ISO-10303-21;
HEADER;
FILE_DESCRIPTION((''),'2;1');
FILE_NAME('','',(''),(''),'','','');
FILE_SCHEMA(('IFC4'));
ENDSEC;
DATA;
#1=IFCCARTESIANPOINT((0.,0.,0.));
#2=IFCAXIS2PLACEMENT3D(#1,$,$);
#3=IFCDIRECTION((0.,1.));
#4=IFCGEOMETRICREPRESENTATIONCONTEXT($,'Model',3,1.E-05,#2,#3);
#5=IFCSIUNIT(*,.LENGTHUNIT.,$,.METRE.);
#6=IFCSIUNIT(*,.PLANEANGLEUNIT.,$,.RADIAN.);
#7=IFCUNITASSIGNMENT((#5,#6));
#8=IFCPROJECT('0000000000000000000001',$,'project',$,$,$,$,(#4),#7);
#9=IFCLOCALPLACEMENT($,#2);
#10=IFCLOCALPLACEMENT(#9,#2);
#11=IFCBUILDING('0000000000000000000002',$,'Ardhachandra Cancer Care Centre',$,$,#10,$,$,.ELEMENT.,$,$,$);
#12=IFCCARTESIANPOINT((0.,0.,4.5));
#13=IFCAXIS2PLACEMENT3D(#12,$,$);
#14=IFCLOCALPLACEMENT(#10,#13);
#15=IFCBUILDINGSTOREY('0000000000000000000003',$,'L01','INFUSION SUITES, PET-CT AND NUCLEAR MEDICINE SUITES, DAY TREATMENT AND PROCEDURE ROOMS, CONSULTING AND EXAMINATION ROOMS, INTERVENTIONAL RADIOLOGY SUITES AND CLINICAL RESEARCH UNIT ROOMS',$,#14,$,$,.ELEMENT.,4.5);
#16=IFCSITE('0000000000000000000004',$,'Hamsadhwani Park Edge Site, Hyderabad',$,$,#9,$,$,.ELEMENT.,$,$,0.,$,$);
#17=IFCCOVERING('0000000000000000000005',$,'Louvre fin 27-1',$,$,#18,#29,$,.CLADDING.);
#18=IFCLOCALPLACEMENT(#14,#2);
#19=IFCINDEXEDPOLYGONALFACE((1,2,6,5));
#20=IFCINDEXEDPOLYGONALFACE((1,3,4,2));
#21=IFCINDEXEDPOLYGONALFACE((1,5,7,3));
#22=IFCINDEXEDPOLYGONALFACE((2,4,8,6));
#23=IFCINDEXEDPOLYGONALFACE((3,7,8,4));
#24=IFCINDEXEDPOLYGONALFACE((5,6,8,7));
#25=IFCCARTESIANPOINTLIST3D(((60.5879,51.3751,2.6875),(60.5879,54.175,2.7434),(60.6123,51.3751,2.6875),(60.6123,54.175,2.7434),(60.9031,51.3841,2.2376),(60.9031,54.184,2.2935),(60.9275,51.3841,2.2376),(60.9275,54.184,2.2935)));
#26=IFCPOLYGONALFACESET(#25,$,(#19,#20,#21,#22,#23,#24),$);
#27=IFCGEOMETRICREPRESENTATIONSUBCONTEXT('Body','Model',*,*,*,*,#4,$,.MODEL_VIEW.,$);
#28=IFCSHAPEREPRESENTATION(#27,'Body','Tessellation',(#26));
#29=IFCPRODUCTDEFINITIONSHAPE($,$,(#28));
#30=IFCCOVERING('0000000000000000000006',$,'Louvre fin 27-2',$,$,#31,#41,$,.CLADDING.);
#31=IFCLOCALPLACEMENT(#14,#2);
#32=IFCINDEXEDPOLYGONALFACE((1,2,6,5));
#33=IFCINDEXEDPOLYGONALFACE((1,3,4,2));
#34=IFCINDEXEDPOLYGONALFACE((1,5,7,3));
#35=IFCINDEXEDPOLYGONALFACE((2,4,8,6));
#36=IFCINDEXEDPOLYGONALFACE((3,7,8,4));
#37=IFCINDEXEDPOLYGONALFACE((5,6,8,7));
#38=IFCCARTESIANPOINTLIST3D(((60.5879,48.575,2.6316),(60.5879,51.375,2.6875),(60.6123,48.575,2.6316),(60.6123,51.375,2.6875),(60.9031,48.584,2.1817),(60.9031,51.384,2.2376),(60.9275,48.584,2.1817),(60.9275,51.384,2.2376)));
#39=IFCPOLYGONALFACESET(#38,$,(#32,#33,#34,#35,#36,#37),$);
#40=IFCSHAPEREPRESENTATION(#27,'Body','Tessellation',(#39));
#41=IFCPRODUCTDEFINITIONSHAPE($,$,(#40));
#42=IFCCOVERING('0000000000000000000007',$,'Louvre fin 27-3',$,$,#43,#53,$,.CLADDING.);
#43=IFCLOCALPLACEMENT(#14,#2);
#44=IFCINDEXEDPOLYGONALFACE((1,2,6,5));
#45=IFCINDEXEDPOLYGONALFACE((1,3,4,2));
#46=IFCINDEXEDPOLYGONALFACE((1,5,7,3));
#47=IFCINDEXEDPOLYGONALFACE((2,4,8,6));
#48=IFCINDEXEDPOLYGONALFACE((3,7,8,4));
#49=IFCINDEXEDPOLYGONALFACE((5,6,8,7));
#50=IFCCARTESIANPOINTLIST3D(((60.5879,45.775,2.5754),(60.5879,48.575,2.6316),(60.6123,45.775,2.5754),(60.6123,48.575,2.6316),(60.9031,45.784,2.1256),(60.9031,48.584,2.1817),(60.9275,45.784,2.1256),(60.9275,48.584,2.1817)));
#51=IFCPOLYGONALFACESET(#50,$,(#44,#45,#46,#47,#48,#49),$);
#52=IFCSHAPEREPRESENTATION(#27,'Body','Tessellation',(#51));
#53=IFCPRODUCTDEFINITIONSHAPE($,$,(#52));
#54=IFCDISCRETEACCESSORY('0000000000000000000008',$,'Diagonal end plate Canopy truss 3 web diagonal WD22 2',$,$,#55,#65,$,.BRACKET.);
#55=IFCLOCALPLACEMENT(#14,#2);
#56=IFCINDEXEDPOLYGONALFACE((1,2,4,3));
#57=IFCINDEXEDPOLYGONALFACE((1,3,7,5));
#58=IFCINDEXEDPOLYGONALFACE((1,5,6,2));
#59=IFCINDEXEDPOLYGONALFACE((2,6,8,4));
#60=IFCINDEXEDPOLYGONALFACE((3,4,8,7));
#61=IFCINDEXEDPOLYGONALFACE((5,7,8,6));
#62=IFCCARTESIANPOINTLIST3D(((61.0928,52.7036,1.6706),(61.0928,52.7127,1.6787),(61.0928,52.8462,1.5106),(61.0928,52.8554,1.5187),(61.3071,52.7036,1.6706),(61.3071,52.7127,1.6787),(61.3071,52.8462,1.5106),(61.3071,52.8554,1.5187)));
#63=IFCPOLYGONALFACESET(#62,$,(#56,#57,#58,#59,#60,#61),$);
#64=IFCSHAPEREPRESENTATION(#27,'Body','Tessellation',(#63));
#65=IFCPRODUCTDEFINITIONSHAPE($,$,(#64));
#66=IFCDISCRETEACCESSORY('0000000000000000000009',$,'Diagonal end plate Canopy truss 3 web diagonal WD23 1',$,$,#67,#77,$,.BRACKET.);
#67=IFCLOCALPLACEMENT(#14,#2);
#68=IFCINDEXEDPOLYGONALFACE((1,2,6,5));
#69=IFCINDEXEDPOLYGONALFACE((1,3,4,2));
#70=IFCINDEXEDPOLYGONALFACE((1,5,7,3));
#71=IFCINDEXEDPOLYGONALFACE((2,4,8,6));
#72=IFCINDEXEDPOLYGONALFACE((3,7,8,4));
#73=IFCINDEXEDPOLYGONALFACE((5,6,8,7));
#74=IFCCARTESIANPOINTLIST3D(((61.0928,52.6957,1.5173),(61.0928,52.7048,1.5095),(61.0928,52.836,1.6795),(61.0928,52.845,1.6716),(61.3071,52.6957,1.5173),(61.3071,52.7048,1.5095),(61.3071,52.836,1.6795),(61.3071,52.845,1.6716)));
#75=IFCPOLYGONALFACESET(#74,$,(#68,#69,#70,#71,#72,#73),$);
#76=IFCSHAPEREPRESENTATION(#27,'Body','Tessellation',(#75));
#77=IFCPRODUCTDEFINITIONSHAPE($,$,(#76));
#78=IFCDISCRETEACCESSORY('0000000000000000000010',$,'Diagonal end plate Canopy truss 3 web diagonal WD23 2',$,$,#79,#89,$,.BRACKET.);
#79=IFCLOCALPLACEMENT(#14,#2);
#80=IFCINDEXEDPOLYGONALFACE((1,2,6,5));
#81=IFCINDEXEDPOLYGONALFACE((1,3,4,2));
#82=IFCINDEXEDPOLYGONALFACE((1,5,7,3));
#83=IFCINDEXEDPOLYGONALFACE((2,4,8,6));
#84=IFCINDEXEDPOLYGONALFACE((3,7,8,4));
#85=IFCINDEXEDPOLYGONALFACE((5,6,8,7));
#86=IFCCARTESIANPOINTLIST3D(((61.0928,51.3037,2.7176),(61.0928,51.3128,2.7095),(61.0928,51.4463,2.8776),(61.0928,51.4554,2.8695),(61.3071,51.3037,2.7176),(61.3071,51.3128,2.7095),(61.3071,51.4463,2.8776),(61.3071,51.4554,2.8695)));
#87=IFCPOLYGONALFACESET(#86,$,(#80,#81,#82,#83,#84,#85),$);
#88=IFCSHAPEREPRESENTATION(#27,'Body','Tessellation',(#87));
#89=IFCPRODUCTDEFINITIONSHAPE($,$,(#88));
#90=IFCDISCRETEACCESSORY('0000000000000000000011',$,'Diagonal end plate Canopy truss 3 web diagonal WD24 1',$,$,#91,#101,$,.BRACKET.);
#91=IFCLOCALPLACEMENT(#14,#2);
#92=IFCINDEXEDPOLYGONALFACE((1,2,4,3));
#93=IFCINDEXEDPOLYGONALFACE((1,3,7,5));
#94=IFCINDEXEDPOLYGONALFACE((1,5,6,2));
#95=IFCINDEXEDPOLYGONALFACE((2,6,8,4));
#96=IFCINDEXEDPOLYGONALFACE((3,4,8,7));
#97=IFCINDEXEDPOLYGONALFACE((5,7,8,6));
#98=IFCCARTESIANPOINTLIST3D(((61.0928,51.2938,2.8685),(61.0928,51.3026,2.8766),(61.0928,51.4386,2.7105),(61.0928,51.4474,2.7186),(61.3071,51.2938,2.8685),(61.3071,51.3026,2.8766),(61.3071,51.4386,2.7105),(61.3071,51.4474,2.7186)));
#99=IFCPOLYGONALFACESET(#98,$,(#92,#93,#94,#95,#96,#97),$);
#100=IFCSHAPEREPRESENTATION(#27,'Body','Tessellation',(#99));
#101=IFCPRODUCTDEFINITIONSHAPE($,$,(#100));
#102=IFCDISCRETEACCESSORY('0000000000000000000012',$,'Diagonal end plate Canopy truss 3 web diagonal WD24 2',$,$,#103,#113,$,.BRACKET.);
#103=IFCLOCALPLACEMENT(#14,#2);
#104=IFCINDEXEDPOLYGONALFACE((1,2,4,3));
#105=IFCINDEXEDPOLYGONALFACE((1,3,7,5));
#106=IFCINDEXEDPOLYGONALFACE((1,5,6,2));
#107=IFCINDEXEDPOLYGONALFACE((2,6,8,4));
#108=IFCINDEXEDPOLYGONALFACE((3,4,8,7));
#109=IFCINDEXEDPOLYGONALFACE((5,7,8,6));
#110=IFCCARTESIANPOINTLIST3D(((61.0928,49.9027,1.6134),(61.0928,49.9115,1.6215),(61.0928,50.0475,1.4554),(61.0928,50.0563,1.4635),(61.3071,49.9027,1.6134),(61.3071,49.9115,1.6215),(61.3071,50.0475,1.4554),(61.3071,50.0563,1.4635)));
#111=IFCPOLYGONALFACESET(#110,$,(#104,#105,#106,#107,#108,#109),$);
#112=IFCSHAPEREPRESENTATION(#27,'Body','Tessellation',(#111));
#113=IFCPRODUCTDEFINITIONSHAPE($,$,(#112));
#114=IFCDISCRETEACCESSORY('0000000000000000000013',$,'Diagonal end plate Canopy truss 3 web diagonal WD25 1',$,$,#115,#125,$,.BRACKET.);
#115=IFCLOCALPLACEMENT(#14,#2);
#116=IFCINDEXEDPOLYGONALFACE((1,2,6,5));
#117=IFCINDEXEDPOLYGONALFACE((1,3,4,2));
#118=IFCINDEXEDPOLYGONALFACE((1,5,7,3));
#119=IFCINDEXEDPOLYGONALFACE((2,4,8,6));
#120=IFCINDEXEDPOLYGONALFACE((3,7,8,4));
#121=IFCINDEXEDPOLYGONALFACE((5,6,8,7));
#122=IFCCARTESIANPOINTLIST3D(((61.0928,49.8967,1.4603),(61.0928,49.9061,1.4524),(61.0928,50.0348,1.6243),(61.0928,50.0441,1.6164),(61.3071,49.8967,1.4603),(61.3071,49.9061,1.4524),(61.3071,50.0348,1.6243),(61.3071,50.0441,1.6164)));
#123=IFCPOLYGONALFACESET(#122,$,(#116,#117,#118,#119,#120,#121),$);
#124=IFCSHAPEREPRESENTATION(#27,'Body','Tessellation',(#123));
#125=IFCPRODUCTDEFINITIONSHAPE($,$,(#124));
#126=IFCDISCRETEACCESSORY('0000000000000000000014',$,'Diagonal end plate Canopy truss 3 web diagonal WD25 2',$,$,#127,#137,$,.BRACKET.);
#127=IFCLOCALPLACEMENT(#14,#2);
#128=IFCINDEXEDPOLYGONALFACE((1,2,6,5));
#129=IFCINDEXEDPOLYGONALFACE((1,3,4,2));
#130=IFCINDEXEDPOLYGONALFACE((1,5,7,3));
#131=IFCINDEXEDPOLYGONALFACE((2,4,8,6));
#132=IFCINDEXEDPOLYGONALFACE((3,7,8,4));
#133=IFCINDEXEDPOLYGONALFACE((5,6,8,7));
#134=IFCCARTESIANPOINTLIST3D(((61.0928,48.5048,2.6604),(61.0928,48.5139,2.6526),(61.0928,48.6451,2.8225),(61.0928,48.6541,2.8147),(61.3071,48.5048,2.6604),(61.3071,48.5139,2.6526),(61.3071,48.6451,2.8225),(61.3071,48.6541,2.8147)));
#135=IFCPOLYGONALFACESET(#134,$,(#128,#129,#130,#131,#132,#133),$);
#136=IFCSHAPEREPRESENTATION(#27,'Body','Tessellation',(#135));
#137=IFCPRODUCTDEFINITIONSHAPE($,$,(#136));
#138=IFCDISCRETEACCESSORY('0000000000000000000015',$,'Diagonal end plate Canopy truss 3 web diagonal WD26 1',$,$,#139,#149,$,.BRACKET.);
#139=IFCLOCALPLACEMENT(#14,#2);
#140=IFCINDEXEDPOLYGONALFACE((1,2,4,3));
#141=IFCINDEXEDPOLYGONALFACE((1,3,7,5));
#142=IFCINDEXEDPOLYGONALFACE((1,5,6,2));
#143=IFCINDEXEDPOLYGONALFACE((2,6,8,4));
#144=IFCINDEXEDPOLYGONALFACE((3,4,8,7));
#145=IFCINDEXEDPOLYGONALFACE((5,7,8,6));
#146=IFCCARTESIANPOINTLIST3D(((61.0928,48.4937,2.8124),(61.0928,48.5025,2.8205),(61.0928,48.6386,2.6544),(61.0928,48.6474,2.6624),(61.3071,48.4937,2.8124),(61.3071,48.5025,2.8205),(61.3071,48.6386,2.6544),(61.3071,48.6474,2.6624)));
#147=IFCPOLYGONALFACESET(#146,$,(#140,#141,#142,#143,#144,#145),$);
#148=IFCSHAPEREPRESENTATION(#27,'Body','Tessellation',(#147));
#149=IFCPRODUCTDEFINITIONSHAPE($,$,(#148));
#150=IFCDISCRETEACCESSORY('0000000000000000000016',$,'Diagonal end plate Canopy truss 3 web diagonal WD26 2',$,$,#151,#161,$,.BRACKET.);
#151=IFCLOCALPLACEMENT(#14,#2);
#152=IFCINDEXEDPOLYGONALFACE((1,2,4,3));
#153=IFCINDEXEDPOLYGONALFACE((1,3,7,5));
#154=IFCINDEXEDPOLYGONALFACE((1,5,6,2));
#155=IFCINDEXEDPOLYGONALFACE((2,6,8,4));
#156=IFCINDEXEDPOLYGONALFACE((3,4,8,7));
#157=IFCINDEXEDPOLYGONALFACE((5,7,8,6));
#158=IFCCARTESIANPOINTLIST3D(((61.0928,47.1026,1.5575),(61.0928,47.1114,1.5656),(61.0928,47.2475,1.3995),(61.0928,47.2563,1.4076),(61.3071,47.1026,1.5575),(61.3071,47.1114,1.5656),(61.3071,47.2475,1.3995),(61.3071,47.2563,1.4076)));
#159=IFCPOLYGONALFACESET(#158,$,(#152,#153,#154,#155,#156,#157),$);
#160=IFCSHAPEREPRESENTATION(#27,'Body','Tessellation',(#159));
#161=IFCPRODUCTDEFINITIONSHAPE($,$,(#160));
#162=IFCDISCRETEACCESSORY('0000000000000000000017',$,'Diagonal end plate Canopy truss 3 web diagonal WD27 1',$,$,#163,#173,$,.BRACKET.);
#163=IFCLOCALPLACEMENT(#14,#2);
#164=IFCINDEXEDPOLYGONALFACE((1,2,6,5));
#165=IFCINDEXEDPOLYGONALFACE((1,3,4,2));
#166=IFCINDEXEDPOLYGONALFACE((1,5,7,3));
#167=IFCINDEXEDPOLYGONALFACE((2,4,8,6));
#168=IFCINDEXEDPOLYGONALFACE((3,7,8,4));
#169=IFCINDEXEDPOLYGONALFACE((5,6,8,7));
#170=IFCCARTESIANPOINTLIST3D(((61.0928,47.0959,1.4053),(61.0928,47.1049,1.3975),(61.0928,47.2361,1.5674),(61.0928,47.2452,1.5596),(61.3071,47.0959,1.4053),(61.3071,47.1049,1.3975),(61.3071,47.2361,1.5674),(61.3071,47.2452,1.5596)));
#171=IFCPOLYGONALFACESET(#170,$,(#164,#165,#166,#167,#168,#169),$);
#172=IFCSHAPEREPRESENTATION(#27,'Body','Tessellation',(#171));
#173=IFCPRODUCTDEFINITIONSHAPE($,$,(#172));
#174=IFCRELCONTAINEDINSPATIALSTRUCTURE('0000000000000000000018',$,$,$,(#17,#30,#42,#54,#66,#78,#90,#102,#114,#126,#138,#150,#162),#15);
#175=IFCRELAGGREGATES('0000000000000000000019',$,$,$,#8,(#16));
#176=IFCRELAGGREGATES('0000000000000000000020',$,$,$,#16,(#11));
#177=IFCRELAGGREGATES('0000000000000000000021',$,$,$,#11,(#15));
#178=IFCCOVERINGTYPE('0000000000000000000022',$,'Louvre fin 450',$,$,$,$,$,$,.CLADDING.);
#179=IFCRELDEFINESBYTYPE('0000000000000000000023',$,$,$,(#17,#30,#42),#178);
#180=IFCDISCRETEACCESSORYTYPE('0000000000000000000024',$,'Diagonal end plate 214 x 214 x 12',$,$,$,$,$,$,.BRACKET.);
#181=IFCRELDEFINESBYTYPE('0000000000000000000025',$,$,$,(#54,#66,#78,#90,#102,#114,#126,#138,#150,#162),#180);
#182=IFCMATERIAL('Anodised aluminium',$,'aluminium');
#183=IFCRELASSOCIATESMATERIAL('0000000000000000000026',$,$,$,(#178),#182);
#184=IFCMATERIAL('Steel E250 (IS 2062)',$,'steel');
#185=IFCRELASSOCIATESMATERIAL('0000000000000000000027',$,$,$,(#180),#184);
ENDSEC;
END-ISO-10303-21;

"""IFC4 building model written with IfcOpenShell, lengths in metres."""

from ifc_helpers import new_model, si_unit, direction, frame, origin, origin_2d, place, context, subcontext, project, spatial, polyline, rectangle, outline, extrude, material, material_profile, profile_set, type_object, element, save


model = new_model("IFC4")

# Units and contexts
model_context = context("Model", 3, precision=1e-05, world=origin(), true_north=direction((0.0, 1.0)))
body_context = subcontext(model_context, "Body", "Model", "MODEL_VIEW")
ifc_project = project(units=[si_unit("LENGTHUNIT", "METRE"), si_unit("PLANEANGLEUNIT", "RADIAN")], contexts=[model_context])

# Site, building, storey
site_placement = place(None, origin())
site = spatial("IfcSite", under=ifc_project, at=site_placement, Name="Hamsadhwani Park Edge Site, Hyderabad", CompositionType="ELEMENT", RefElevation=0.0)
building_placement = place(site_placement, origin())
building = spatial("IfcBuilding", under=site, at=building_placement, Name="Ardhachandra Cancer Care Centre", CompositionType="ELEMENT")
storey_placement = place(building_placement, frame((0.0, 0.0, 4.5)))
storey = spatial("IfcBuildingStorey", under=building, at=storey_placement, Name="L01", Description="INFUSION SUITES, PET-CT AND NUCLEAR MEDICINE SUITES, DAY TREATMENT AND PROCEDURE ROOMS, CONSULTING AND EXAMINATION ROOMS, INTERVENTIONAL RADIOLOGY SUITES AND CLINICAL RESEARCH UNIT ROOMS", CompositionType="ELEMENT", Elevation=4.5)

# Coverings
ifc_material_1 = material(Name="Anodised aluminium", Category="aluminium")
ifc_material_profile_1 = material_profile(ifc_material_1, outline(polyline([(-0.0122, 0.0), (0.0122, 0.0), (0.3274, -0.45), (0.303, -0.45), (-0.0122, 0.0)])), Name="Louvre fin 450")
ifc_profile_set_1 = profile_set([ifc_material_profile_1], Name="Anodised aluminium")
covering_type = type_object("IfcCoveringType", Name="Louvre fin 450", PredefinedType="CLADDING", material=ifc_profile_set_1)
for number, where, z_axis, x_axis, name in (
    (1, (60.6001, 54.175, 2.7434), (0.0, -0.999801, -0.019963), (1.0, 0.0, 0.0), "Louvre fin 27-1"),
    (2, (60.6001, 51.375, 2.6875), (0.0, -0.999801, -0.019963), (1.0, 0.0, 0.0), "Louvre fin 27-2"),
    (3, (60.6001, 48.575, 2.6316), (0.0, -0.999799, -0.02005), (1.0, 0.0, 0.0), "Louvre fin 27-3"),
):
    element("IfcCovering", number, at=place(storey_placement, frame(where, z_axis=z_axis, x_axis=x_axis)), inside=storey, type_object=covering_type, Name=name, PredefinedType="CLADDING", context=body_context, shape_type="SweptSolid", body=[
        extrude(outline(polyline([(-0.0122, 0.0), (0.0122, 0.0), (0.3274, -0.45), (0.303, -0.45), (-0.0122, 0.0)])), origin(), (0.0, 0.0, 1.0), 2.8005),
    ])

# Discrete accessories
ifc_material_2 = material(Name="Steel E250 (IS 2062)", Category="steel")
ifc_material_profile_2 = material_profile(ifc_material_2, rectangle(XDim=0.2144, YDim=0.2144, at=origin_2d()), Name="PL 214x214x12")
ifc_profile_set_2 = profile_set([ifc_material_profile_2], Name="Steel E250 (IS 2062)")
discrete_accessory_type = type_object("IfcDiscreteAccessoryType", Name="Diagonal end plate 214 x 214 x 12", PredefinedType="BRACKET", material=ifc_profile_set_2)
discrete_accessory_1_placement = place(storey_placement, frame((61.2, 52.7749, 1.5906), z_axis=(0.0, 0.746295, 0.665615), x_axis=(-1.0, 0.0, 0.0)))
element("IfcDiscreteAccessory", 4, at=discrete_accessory_1_placement, inside=storey, type_object=discrete_accessory_type, Name="Diagonal end plate Canopy truss 3 web diagonal WD22 2", PredefinedType="BRACKET", context=body_context, shape_type="SweptSolid", body=[
    extrude(rectangle(XDim=0.2144, YDim=0.2144, at=origin_2d()), origin(), (0.0, 0.0, 1.0), 0.0122),
])
discrete_accessory_2_placement = place(storey_placement, frame((61.2, 52.7749, 1.5906), z_axis=(0.0, -0.756363, 0.654152), x_axis=(1.0, 0.0, 0.0)))
element("IfcDiscreteAccessory", 5, at=discrete_accessory_2_placement, inside=storey, type_object=discrete_accessory_type, Name="Diagonal end plate Canopy truss 3 web diagonal WD23 1", PredefinedType="BRACKET", context=body_context, shape_type="SweptSolid", body=[
    extrude(rectangle(XDim=0.2144, YDim=0.2144, at=origin_2d()), origin(), (0.0, 0.0, 1.0), 0.012),
])
discrete_accessory_3_placement = place(storey_placement, frame((61.2, 51.375, 2.7976), z_axis=(0.0, 0.746295, -0.665615), x_axis=(-1.0, 0.0, 0.0)))
element("IfcDiscreteAccessory", 6, at=discrete_accessory_3_placement, inside=storey, type_object=discrete_accessory_type, Name="Diagonal end plate Canopy truss 3 web diagonal WD23 2", PredefinedType="BRACKET", context=body_context, shape_type="SweptSolid", body=[
    extrude(rectangle(XDim=0.2144, YDim=0.2144, at=origin_2d()), origin(), (0.0, 0.0, 1.0), 0.0122),
])
for number, where, z_axis, x_axis, name in (
    (7, (61.2, 51.375, 2.7976), (0.0, -0.737154, -0.675725), (1.0, 0.0, 0.0), "Diagonal end plate Canopy truss 3 web diagonal WD24 1"),
    (8, (61.2, 49.9751, 1.5344), (0.0, 0.737154, 0.675725), (-1.0, 0.0, 0.0), "Diagonal end plate Canopy truss 3 web diagonal WD24 2"),
):
    element("IfcDiscreteAccessory", number, at=place(storey_placement, frame(where, z_axis=z_axis, x_axis=x_axis)), inside=storey, type_object=discrete_accessory_type, Name=name, PredefinedType="BRACKET", context=body_context, shape_type="SweptSolid", body=[
        extrude(rectangle(XDim=0.2144, YDim=0.2144, at=origin_2d()), origin(), (0.0, 0.0, 1.0), 0.012),
    ])
discrete_accessory_4_placement = place(storey_placement, frame((61.2, 49.9751, 1.5344), z_axis=(0.0, -0.764911, 0.644136), x_axis=(1.0, 0.0, 0.0)))
element("IfcDiscreteAccessory", 9, at=discrete_accessory_4_placement, inside=storey, type_object=discrete_accessory_type, Name="Diagonal end plate Canopy truss 3 web diagonal WD25 1", PredefinedType="BRACKET", context=body_context, shape_type="SweptSolid", body=[
    extrude(rectangle(XDim=0.2144, YDim=0.2144, at=origin_2d()), origin(), (0.0, 0.0, 1.0), 0.0122),
])
for number, where, z_axis, x_axis, name in (
    (10, (61.2, 48.575, 2.7415), (0.0, 0.756363, -0.654152), (-1.0, 0.0, 0.0), "Diagonal end plate Canopy truss 3 web diagonal WD25 2"),
    (11, (61.2, 48.575, 2.7415), (0.0, -0.737154, -0.675725), (1.0, 0.0, 0.0), "Diagonal end plate Canopy truss 3 web diagonal WD26 1"),
    (12, (61.2, 47.175, 1.4785), (0.0, 0.737154, 0.675725), (-1.0, 0.0, 0.0), "Diagonal end plate Canopy truss 3 web diagonal WD26 2"),
    (13, (61.2, 47.175, 1.4785), (0.0, -0.756363, 0.654152), (1.0, 0.0, 0.0), "Diagonal end plate Canopy truss 3 web diagonal WD27 1"),
):
    element("IfcDiscreteAccessory", number, at=place(storey_placement, frame(where, z_axis=z_axis, x_axis=x_axis)), inside=storey, type_object=discrete_accessory_type, Name=name, PredefinedType="BRACKET", context=body_context, shape_type="SweptSolid", body=[
        extrude(rectangle(XDim=0.2144, YDim=0.2144, at=origin_2d()), origin(), (0.0, 0.0, 1.0), 0.012),
    ])

save(model, "model.ifc")
